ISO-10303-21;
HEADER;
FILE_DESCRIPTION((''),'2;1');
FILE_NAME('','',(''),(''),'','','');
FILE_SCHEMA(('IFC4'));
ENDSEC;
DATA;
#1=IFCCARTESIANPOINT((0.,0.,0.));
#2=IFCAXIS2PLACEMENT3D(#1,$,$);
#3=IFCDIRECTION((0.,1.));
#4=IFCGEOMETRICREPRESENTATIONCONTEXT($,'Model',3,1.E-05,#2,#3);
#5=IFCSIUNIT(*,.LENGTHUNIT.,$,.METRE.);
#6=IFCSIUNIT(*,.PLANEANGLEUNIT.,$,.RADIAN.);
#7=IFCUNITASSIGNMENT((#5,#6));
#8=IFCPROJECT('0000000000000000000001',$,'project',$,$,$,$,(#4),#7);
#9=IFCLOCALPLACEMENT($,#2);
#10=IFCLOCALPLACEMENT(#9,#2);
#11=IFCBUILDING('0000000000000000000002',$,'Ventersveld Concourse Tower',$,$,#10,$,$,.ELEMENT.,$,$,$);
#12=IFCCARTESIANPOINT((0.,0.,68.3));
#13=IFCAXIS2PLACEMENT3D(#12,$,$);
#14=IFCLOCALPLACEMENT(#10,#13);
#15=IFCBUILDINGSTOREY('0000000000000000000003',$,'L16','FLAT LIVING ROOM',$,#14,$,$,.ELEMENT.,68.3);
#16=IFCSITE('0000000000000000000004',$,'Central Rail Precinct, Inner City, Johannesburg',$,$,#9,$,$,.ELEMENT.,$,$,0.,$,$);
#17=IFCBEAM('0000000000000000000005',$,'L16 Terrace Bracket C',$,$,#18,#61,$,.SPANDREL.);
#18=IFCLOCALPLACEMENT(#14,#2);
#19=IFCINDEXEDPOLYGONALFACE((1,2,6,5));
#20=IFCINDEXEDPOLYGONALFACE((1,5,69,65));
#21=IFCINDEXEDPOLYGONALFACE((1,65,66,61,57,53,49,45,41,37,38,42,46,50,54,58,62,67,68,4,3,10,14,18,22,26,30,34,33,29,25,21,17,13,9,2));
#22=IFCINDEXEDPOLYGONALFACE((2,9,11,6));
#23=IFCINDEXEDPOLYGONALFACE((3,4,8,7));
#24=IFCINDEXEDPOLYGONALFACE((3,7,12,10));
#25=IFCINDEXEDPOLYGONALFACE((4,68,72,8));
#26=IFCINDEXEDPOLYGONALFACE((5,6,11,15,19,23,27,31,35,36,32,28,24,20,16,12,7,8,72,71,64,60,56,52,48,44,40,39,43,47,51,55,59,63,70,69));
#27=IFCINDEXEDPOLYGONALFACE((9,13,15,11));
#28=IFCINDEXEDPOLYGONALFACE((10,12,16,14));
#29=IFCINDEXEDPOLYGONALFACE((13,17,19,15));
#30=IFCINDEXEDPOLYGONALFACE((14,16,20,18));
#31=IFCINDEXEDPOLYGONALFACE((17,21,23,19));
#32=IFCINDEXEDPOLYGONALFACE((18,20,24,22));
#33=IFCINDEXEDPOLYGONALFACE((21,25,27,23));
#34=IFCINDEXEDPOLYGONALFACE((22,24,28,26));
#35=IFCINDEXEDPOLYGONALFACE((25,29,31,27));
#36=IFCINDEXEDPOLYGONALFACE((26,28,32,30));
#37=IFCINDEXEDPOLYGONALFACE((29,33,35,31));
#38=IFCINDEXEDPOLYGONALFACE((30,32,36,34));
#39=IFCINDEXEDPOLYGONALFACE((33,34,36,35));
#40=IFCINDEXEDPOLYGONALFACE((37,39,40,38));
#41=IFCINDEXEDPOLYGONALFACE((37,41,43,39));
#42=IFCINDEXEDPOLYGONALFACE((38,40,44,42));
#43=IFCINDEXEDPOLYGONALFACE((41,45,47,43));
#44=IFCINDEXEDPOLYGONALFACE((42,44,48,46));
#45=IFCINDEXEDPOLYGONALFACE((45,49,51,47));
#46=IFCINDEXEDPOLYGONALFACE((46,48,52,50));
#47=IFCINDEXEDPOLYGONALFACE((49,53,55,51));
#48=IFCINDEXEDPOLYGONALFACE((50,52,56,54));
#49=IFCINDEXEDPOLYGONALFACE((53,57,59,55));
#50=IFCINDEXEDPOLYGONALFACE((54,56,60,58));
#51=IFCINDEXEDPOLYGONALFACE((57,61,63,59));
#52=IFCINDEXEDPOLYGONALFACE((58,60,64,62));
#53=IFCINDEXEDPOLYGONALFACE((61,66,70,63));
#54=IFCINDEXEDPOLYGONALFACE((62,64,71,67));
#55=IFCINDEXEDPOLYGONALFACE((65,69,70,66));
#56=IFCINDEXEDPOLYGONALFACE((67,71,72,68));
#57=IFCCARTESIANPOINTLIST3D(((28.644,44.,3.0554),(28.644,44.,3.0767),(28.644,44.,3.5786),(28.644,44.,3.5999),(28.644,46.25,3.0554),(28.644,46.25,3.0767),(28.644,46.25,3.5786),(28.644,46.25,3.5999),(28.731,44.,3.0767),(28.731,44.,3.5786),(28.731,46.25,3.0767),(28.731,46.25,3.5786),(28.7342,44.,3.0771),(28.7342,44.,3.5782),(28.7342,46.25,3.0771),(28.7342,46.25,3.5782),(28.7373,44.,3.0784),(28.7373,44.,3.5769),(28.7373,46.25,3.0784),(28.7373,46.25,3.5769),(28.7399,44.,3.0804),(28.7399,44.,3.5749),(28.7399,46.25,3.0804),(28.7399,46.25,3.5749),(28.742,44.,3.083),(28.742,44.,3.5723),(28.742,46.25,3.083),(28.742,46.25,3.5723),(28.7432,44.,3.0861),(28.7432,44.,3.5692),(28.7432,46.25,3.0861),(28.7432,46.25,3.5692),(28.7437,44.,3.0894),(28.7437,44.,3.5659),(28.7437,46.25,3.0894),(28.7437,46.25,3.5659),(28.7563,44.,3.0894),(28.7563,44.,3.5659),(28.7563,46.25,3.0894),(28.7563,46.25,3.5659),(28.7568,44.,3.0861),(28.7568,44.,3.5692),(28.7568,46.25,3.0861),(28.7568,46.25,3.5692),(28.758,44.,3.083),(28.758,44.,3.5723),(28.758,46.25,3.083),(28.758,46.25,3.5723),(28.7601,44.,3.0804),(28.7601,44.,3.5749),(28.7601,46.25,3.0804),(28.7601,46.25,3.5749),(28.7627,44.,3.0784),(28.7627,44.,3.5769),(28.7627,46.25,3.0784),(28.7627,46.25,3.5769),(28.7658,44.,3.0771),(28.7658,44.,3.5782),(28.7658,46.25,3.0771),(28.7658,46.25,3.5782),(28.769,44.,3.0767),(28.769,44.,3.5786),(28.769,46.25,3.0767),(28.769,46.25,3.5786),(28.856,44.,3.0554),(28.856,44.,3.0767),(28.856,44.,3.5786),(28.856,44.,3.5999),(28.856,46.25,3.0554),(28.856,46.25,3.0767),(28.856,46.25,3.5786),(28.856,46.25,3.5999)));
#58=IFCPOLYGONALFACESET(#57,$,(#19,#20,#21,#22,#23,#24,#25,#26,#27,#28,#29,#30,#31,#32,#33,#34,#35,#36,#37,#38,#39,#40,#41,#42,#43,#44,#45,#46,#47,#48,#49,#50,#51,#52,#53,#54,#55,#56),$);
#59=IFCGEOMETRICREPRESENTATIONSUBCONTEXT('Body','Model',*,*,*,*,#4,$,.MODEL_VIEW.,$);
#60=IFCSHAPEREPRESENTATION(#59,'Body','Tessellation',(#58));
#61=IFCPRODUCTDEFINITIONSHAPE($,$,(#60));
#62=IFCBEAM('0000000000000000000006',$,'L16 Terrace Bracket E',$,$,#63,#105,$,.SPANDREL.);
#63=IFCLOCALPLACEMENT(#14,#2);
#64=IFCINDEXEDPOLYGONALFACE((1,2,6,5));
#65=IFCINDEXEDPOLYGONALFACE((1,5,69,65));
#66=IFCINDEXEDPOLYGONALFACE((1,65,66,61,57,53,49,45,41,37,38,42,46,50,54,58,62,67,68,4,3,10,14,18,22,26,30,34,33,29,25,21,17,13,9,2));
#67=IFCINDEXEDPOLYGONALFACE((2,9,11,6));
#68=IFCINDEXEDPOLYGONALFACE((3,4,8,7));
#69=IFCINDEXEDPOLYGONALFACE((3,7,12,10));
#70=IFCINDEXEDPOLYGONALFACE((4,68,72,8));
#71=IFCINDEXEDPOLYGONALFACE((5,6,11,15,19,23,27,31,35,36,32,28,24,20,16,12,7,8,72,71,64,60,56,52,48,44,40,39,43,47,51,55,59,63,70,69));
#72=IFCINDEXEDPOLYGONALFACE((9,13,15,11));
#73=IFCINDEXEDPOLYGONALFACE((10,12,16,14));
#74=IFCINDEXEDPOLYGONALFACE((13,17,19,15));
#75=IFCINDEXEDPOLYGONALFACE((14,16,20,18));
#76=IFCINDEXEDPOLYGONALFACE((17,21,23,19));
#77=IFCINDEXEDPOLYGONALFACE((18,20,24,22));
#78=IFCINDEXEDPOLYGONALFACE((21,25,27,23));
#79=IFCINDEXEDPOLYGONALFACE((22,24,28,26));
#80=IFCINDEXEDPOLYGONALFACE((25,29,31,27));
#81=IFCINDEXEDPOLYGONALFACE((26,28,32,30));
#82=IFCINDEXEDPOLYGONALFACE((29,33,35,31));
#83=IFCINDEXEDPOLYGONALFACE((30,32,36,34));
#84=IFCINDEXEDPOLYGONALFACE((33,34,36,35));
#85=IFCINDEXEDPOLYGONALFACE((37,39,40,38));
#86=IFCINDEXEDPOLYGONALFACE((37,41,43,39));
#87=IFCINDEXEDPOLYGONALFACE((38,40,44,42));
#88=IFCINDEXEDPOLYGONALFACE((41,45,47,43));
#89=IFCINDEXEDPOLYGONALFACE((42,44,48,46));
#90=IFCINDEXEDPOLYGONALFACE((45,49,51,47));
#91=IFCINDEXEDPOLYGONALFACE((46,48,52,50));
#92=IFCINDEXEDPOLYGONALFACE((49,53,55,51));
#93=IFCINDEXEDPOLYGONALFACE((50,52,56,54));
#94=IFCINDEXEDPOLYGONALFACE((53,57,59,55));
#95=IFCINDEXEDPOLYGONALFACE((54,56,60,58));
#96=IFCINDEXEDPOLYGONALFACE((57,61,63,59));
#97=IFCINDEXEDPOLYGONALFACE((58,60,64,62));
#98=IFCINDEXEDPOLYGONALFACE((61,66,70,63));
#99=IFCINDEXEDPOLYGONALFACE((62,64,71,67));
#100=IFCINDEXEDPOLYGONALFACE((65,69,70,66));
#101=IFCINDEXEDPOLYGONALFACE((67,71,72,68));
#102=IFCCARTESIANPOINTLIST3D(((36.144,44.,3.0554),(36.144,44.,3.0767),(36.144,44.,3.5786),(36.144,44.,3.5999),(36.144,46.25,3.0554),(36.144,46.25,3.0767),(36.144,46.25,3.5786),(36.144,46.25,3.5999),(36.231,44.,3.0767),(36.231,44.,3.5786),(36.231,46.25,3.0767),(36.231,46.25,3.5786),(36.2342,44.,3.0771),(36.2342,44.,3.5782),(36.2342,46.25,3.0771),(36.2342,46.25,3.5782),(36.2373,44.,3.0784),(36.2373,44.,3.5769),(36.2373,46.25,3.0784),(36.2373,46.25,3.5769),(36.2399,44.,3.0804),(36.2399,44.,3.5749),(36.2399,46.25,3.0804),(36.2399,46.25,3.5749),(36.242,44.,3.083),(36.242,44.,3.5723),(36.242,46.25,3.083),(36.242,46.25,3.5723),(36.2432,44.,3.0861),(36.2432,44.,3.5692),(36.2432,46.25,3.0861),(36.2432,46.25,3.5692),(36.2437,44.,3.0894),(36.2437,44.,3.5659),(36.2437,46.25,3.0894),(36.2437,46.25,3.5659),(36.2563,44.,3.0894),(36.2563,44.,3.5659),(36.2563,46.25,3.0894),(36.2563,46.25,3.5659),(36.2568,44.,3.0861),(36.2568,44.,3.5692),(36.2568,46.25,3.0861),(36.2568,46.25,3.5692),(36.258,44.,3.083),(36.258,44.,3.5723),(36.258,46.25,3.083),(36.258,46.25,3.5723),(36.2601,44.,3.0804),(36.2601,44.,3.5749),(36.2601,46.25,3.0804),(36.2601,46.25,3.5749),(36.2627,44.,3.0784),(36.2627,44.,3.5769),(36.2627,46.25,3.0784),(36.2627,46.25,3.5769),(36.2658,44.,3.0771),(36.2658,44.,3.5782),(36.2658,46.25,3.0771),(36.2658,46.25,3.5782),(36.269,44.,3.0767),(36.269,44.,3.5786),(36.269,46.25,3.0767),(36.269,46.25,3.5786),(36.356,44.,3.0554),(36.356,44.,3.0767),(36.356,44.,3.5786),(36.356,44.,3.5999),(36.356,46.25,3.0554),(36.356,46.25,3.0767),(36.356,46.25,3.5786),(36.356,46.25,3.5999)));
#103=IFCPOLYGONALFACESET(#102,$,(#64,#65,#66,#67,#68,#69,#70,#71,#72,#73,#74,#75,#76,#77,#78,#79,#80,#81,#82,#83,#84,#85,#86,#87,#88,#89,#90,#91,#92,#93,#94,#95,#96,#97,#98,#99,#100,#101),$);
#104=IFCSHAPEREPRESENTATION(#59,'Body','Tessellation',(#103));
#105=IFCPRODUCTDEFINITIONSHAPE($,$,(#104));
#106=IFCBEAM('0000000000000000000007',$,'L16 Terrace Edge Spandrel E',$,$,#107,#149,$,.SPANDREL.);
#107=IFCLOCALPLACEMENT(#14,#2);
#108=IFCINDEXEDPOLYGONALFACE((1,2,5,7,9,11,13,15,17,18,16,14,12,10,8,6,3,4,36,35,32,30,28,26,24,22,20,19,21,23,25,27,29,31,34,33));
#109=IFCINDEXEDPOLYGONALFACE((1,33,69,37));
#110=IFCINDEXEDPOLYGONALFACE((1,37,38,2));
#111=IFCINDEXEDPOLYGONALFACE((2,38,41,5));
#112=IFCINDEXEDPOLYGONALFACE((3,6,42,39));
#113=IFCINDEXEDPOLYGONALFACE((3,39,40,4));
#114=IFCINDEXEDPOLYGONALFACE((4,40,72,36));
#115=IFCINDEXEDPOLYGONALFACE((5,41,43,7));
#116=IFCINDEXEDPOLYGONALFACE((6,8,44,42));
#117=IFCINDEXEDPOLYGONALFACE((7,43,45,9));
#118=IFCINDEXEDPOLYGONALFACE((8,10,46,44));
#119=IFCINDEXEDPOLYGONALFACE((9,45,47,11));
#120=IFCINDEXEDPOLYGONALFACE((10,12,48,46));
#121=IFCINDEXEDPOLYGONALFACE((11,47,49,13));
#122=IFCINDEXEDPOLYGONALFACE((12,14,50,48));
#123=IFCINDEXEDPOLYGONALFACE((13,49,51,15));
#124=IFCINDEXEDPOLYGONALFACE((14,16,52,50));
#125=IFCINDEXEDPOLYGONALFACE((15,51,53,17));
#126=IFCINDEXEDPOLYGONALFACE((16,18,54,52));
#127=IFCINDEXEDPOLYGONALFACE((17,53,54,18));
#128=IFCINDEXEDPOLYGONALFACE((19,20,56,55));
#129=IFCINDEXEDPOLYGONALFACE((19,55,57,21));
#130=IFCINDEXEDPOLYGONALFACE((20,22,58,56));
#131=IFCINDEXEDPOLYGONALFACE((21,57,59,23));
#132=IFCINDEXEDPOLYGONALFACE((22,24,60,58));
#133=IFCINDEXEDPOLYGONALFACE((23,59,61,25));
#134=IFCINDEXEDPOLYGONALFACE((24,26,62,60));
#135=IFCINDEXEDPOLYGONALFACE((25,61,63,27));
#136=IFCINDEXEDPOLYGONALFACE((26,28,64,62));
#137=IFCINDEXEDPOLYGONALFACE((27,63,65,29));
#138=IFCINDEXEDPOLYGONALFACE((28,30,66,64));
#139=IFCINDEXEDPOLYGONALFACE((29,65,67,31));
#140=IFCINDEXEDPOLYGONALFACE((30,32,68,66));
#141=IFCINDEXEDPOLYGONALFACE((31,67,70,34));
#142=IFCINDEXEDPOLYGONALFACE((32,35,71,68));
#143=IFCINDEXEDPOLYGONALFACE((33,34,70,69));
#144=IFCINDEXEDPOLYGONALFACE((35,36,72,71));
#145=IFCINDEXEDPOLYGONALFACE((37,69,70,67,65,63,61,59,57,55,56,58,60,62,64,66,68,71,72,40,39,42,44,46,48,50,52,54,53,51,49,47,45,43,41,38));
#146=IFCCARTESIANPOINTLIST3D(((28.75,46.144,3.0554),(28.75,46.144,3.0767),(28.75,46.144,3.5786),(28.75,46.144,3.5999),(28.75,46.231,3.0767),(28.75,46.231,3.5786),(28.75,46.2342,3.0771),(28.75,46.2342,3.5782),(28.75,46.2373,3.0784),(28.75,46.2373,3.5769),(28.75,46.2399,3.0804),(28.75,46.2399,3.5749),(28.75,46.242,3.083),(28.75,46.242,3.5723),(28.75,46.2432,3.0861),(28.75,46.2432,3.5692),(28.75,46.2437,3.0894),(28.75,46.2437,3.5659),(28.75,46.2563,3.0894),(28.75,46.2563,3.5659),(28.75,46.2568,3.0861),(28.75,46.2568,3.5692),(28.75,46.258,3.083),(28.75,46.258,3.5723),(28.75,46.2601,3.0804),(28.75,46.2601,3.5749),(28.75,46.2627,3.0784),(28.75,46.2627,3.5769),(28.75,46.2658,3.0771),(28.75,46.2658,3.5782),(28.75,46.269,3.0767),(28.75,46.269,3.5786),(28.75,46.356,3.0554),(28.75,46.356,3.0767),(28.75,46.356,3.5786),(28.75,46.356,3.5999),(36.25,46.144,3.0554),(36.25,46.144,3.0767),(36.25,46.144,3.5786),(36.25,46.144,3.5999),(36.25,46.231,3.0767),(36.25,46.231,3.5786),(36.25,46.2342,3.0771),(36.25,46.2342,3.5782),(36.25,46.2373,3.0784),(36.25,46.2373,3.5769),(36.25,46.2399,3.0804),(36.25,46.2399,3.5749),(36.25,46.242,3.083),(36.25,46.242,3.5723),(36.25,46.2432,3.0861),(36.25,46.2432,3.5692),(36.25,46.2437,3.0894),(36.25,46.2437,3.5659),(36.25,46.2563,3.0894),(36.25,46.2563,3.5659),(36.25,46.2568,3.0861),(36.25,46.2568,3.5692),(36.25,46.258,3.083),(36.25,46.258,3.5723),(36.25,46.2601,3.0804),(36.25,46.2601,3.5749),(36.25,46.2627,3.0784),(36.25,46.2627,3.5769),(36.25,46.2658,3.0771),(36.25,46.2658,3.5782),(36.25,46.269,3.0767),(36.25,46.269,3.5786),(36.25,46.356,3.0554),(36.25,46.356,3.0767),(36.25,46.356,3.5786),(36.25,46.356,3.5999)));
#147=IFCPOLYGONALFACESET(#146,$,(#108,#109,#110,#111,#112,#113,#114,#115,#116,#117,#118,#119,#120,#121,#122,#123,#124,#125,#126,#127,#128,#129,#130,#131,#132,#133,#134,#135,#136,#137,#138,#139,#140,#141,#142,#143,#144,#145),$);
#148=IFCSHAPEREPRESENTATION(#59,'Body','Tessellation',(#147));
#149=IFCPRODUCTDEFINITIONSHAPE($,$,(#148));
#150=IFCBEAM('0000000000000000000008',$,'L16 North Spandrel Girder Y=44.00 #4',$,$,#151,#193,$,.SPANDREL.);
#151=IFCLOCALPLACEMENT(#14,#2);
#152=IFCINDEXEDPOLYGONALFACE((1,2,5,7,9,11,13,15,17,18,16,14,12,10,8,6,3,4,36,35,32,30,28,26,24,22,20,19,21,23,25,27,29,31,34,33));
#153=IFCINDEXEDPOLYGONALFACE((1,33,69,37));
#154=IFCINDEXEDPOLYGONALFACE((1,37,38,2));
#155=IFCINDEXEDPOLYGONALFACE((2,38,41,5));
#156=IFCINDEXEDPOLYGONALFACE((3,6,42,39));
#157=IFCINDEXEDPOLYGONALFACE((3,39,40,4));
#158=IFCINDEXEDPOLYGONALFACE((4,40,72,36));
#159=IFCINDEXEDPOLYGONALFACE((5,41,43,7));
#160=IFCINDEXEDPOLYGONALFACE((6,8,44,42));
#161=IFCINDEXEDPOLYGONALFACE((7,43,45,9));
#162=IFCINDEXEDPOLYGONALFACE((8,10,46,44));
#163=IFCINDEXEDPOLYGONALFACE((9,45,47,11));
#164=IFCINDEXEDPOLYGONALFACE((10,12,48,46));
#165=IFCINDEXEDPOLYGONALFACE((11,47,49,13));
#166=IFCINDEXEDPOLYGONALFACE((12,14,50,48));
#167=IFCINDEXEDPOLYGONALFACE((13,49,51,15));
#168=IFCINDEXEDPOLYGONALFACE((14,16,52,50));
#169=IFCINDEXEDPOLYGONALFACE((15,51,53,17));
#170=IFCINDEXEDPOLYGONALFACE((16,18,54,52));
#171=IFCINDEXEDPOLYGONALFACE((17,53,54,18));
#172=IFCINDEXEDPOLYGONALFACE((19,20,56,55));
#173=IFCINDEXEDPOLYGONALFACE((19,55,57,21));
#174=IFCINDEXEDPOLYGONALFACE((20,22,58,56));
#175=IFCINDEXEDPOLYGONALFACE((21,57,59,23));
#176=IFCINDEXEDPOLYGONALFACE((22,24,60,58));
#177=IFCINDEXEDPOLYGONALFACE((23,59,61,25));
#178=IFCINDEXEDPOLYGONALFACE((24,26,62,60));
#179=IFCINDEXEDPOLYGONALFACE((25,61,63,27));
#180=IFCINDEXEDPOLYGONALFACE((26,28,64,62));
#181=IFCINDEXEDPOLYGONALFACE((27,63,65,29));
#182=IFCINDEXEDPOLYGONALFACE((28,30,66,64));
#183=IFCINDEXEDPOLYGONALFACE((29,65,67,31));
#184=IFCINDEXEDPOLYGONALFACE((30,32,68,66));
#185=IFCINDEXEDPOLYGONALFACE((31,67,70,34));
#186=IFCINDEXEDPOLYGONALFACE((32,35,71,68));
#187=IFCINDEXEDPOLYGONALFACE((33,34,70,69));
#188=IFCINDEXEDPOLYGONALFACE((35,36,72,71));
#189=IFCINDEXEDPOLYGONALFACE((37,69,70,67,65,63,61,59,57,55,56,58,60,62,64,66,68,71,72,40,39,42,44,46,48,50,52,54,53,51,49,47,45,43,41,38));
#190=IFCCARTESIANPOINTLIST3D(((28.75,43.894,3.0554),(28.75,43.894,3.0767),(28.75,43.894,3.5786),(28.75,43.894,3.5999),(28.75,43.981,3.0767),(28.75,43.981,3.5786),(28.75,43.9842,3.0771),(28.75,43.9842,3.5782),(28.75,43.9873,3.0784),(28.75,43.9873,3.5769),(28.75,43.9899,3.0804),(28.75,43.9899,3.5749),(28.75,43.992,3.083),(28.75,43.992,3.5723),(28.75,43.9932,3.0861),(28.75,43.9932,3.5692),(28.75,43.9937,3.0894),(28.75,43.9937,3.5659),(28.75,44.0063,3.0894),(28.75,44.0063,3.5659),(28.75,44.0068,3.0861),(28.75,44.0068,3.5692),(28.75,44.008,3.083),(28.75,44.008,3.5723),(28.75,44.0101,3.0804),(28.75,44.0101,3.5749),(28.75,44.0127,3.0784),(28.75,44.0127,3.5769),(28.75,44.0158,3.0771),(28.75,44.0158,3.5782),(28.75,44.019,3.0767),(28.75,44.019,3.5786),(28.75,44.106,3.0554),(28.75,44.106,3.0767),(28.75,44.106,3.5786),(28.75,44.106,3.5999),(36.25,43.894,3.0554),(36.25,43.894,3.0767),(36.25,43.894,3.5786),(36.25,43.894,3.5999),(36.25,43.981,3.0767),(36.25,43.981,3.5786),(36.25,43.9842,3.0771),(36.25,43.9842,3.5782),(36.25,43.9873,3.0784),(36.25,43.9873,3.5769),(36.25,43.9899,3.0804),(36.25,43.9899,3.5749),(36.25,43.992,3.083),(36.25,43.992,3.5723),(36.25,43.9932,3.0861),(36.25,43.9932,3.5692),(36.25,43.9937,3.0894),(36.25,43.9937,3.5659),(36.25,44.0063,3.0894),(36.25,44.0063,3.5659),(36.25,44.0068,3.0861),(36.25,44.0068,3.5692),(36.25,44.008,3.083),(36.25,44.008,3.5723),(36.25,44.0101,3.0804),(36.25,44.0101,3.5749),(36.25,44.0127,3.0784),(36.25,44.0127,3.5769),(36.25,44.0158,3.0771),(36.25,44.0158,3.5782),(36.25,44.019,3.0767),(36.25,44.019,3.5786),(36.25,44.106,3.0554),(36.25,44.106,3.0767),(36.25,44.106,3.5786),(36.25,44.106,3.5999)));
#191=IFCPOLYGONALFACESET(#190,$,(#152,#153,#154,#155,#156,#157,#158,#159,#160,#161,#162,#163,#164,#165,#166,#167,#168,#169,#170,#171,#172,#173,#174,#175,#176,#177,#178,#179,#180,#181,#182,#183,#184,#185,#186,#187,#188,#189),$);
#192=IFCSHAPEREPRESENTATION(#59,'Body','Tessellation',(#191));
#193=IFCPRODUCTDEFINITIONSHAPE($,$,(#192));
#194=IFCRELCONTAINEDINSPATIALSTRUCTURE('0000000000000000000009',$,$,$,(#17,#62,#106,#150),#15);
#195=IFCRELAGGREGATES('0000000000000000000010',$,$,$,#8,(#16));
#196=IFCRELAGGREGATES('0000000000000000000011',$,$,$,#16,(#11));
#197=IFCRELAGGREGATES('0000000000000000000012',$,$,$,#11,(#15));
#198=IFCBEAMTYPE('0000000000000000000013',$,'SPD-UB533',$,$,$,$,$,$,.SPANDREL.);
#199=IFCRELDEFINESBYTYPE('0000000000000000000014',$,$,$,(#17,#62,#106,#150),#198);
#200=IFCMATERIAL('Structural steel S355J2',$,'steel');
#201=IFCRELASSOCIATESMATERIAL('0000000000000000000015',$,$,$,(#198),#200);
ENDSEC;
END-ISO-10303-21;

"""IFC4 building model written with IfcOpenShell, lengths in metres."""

from ifc_helpers import new_model, si_unit, direction, frame, origin, origin_2d, place, context, subcontext, project, spatial, i_section, extrude, material, material_profile, profile_set, type_object, element, save


model = new_model("IFC4")

# Units and contexts
model_context = context("Model", 3, precision=1e-05, world=origin(), true_north=direction((0.0, 1.0)))
body_context = subcontext(model_context, "Body", "Model", "MODEL_VIEW")
ifc_project = project(units=[si_unit("LENGTHUNIT", "METRE"), si_unit("PLANEANGLEUNIT", "RADIAN")], contexts=[model_context])

# Site, building, storey
site_placement = place(None, origin())
site = spatial("IfcSite", under=ifc_project, at=site_placement, Name="Central Rail Precinct, Inner City, Johannesburg", CompositionType="ELEMENT", RefElevation=0.0)
building_placement = place(site_placement, origin())
building = spatial("IfcBuilding", under=site, at=building_placement, Name="Ventersveld Concourse Tower", CompositionType="ELEMENT")
storey_placement = place(building_placement, frame((0.0, 0.0, 68.3)))
storey = spatial("IfcBuildingStorey", under=building, at=storey_placement, Name="L16", Description="FLAT LIVING ROOM", CompositionType="ELEMENT", Elevation=68.3)

# Beams
ifc_material_1 = material(Name="Structural steel S355J2", Category="steel")
ifc_material_profile_1 = material_profile(ifc_material_1, i_section(OverallWidth=0.2119, OverallDepth=0.5444, WebThickness=0.0127, FlangeThickness=0.0212, FilletRadius=0.0127, at=origin_2d()), Name="UB 533x210x122")
ifc_profile_set_1 = profile_set([ifc_material_profile_1], Name="Structural steel S355J2")
beam_type_1 = type_object("IfcBeamType", Name="SPD-UB533", PredefinedType="SPANDREL", material=ifc_profile_set_1)
for number, where, z_axis, x_axis, name in (
    (1, (28.75, 44.0, 3.3276), (0.0, 1.0, 0.0), (-1.0, 0.0, 0.0), "L16 Terrace Bracket C"),
    (2, (36.25, 44.0, 3.3276), (0.0, 1.0, 0.0), (-1.0, 0.0, 0.0), "L16 Terrace Bracket E"),
):
    element("IfcBeam", number, at=place(storey_placement, frame(where, z_axis=z_axis, x_axis=x_axis)), inside=storey, type_object=beam_type_1, Name=name, PredefinedType="SPANDREL", context=body_context, shape_type="SweptSolid", body=[
        extrude(i_section(OverallWidth=0.2119, OverallDepth=0.5444, WebThickness=0.0127, FlangeThickness=0.0212, FilletRadius=0.0127, at=origin_2d()), origin(), (0.0, 0.0, 1.0), 2.25),
    ])
for number, where, z_axis, x_axis, name in (
    (3, (28.75, 46.25, 3.3276), (1.0, 0.0, 0.0), (0.0, 1.0, 0.0), "L16 Terrace Edge Spandrel E"),
    (4, (28.75, 44.0, 3.3276), (1.0, 0.0, 0.0), (0.0, 1.0, 0.0), "L16 North Spandrel Girder Y=44.00 #4"),
):
    element("IfcBeam", number, at=place(storey_placement, frame(where, z_axis=z_axis, x_axis=x_axis)), inside=storey, type_object=beam_type_1, Name=name, PredefinedType="SPANDREL", context=body_context, shape_type="SweptSolid", body=[
        extrude(i_section(OverallWidth=0.2119, OverallDepth=0.5444, WebThickness=0.0127, FlangeThickness=0.0212, FilletRadius=0.0127, at=origin_2d()), origin(), (0.0, 0.0, 1.0), 7.5),
    ])

save(model, "model.ifc")
